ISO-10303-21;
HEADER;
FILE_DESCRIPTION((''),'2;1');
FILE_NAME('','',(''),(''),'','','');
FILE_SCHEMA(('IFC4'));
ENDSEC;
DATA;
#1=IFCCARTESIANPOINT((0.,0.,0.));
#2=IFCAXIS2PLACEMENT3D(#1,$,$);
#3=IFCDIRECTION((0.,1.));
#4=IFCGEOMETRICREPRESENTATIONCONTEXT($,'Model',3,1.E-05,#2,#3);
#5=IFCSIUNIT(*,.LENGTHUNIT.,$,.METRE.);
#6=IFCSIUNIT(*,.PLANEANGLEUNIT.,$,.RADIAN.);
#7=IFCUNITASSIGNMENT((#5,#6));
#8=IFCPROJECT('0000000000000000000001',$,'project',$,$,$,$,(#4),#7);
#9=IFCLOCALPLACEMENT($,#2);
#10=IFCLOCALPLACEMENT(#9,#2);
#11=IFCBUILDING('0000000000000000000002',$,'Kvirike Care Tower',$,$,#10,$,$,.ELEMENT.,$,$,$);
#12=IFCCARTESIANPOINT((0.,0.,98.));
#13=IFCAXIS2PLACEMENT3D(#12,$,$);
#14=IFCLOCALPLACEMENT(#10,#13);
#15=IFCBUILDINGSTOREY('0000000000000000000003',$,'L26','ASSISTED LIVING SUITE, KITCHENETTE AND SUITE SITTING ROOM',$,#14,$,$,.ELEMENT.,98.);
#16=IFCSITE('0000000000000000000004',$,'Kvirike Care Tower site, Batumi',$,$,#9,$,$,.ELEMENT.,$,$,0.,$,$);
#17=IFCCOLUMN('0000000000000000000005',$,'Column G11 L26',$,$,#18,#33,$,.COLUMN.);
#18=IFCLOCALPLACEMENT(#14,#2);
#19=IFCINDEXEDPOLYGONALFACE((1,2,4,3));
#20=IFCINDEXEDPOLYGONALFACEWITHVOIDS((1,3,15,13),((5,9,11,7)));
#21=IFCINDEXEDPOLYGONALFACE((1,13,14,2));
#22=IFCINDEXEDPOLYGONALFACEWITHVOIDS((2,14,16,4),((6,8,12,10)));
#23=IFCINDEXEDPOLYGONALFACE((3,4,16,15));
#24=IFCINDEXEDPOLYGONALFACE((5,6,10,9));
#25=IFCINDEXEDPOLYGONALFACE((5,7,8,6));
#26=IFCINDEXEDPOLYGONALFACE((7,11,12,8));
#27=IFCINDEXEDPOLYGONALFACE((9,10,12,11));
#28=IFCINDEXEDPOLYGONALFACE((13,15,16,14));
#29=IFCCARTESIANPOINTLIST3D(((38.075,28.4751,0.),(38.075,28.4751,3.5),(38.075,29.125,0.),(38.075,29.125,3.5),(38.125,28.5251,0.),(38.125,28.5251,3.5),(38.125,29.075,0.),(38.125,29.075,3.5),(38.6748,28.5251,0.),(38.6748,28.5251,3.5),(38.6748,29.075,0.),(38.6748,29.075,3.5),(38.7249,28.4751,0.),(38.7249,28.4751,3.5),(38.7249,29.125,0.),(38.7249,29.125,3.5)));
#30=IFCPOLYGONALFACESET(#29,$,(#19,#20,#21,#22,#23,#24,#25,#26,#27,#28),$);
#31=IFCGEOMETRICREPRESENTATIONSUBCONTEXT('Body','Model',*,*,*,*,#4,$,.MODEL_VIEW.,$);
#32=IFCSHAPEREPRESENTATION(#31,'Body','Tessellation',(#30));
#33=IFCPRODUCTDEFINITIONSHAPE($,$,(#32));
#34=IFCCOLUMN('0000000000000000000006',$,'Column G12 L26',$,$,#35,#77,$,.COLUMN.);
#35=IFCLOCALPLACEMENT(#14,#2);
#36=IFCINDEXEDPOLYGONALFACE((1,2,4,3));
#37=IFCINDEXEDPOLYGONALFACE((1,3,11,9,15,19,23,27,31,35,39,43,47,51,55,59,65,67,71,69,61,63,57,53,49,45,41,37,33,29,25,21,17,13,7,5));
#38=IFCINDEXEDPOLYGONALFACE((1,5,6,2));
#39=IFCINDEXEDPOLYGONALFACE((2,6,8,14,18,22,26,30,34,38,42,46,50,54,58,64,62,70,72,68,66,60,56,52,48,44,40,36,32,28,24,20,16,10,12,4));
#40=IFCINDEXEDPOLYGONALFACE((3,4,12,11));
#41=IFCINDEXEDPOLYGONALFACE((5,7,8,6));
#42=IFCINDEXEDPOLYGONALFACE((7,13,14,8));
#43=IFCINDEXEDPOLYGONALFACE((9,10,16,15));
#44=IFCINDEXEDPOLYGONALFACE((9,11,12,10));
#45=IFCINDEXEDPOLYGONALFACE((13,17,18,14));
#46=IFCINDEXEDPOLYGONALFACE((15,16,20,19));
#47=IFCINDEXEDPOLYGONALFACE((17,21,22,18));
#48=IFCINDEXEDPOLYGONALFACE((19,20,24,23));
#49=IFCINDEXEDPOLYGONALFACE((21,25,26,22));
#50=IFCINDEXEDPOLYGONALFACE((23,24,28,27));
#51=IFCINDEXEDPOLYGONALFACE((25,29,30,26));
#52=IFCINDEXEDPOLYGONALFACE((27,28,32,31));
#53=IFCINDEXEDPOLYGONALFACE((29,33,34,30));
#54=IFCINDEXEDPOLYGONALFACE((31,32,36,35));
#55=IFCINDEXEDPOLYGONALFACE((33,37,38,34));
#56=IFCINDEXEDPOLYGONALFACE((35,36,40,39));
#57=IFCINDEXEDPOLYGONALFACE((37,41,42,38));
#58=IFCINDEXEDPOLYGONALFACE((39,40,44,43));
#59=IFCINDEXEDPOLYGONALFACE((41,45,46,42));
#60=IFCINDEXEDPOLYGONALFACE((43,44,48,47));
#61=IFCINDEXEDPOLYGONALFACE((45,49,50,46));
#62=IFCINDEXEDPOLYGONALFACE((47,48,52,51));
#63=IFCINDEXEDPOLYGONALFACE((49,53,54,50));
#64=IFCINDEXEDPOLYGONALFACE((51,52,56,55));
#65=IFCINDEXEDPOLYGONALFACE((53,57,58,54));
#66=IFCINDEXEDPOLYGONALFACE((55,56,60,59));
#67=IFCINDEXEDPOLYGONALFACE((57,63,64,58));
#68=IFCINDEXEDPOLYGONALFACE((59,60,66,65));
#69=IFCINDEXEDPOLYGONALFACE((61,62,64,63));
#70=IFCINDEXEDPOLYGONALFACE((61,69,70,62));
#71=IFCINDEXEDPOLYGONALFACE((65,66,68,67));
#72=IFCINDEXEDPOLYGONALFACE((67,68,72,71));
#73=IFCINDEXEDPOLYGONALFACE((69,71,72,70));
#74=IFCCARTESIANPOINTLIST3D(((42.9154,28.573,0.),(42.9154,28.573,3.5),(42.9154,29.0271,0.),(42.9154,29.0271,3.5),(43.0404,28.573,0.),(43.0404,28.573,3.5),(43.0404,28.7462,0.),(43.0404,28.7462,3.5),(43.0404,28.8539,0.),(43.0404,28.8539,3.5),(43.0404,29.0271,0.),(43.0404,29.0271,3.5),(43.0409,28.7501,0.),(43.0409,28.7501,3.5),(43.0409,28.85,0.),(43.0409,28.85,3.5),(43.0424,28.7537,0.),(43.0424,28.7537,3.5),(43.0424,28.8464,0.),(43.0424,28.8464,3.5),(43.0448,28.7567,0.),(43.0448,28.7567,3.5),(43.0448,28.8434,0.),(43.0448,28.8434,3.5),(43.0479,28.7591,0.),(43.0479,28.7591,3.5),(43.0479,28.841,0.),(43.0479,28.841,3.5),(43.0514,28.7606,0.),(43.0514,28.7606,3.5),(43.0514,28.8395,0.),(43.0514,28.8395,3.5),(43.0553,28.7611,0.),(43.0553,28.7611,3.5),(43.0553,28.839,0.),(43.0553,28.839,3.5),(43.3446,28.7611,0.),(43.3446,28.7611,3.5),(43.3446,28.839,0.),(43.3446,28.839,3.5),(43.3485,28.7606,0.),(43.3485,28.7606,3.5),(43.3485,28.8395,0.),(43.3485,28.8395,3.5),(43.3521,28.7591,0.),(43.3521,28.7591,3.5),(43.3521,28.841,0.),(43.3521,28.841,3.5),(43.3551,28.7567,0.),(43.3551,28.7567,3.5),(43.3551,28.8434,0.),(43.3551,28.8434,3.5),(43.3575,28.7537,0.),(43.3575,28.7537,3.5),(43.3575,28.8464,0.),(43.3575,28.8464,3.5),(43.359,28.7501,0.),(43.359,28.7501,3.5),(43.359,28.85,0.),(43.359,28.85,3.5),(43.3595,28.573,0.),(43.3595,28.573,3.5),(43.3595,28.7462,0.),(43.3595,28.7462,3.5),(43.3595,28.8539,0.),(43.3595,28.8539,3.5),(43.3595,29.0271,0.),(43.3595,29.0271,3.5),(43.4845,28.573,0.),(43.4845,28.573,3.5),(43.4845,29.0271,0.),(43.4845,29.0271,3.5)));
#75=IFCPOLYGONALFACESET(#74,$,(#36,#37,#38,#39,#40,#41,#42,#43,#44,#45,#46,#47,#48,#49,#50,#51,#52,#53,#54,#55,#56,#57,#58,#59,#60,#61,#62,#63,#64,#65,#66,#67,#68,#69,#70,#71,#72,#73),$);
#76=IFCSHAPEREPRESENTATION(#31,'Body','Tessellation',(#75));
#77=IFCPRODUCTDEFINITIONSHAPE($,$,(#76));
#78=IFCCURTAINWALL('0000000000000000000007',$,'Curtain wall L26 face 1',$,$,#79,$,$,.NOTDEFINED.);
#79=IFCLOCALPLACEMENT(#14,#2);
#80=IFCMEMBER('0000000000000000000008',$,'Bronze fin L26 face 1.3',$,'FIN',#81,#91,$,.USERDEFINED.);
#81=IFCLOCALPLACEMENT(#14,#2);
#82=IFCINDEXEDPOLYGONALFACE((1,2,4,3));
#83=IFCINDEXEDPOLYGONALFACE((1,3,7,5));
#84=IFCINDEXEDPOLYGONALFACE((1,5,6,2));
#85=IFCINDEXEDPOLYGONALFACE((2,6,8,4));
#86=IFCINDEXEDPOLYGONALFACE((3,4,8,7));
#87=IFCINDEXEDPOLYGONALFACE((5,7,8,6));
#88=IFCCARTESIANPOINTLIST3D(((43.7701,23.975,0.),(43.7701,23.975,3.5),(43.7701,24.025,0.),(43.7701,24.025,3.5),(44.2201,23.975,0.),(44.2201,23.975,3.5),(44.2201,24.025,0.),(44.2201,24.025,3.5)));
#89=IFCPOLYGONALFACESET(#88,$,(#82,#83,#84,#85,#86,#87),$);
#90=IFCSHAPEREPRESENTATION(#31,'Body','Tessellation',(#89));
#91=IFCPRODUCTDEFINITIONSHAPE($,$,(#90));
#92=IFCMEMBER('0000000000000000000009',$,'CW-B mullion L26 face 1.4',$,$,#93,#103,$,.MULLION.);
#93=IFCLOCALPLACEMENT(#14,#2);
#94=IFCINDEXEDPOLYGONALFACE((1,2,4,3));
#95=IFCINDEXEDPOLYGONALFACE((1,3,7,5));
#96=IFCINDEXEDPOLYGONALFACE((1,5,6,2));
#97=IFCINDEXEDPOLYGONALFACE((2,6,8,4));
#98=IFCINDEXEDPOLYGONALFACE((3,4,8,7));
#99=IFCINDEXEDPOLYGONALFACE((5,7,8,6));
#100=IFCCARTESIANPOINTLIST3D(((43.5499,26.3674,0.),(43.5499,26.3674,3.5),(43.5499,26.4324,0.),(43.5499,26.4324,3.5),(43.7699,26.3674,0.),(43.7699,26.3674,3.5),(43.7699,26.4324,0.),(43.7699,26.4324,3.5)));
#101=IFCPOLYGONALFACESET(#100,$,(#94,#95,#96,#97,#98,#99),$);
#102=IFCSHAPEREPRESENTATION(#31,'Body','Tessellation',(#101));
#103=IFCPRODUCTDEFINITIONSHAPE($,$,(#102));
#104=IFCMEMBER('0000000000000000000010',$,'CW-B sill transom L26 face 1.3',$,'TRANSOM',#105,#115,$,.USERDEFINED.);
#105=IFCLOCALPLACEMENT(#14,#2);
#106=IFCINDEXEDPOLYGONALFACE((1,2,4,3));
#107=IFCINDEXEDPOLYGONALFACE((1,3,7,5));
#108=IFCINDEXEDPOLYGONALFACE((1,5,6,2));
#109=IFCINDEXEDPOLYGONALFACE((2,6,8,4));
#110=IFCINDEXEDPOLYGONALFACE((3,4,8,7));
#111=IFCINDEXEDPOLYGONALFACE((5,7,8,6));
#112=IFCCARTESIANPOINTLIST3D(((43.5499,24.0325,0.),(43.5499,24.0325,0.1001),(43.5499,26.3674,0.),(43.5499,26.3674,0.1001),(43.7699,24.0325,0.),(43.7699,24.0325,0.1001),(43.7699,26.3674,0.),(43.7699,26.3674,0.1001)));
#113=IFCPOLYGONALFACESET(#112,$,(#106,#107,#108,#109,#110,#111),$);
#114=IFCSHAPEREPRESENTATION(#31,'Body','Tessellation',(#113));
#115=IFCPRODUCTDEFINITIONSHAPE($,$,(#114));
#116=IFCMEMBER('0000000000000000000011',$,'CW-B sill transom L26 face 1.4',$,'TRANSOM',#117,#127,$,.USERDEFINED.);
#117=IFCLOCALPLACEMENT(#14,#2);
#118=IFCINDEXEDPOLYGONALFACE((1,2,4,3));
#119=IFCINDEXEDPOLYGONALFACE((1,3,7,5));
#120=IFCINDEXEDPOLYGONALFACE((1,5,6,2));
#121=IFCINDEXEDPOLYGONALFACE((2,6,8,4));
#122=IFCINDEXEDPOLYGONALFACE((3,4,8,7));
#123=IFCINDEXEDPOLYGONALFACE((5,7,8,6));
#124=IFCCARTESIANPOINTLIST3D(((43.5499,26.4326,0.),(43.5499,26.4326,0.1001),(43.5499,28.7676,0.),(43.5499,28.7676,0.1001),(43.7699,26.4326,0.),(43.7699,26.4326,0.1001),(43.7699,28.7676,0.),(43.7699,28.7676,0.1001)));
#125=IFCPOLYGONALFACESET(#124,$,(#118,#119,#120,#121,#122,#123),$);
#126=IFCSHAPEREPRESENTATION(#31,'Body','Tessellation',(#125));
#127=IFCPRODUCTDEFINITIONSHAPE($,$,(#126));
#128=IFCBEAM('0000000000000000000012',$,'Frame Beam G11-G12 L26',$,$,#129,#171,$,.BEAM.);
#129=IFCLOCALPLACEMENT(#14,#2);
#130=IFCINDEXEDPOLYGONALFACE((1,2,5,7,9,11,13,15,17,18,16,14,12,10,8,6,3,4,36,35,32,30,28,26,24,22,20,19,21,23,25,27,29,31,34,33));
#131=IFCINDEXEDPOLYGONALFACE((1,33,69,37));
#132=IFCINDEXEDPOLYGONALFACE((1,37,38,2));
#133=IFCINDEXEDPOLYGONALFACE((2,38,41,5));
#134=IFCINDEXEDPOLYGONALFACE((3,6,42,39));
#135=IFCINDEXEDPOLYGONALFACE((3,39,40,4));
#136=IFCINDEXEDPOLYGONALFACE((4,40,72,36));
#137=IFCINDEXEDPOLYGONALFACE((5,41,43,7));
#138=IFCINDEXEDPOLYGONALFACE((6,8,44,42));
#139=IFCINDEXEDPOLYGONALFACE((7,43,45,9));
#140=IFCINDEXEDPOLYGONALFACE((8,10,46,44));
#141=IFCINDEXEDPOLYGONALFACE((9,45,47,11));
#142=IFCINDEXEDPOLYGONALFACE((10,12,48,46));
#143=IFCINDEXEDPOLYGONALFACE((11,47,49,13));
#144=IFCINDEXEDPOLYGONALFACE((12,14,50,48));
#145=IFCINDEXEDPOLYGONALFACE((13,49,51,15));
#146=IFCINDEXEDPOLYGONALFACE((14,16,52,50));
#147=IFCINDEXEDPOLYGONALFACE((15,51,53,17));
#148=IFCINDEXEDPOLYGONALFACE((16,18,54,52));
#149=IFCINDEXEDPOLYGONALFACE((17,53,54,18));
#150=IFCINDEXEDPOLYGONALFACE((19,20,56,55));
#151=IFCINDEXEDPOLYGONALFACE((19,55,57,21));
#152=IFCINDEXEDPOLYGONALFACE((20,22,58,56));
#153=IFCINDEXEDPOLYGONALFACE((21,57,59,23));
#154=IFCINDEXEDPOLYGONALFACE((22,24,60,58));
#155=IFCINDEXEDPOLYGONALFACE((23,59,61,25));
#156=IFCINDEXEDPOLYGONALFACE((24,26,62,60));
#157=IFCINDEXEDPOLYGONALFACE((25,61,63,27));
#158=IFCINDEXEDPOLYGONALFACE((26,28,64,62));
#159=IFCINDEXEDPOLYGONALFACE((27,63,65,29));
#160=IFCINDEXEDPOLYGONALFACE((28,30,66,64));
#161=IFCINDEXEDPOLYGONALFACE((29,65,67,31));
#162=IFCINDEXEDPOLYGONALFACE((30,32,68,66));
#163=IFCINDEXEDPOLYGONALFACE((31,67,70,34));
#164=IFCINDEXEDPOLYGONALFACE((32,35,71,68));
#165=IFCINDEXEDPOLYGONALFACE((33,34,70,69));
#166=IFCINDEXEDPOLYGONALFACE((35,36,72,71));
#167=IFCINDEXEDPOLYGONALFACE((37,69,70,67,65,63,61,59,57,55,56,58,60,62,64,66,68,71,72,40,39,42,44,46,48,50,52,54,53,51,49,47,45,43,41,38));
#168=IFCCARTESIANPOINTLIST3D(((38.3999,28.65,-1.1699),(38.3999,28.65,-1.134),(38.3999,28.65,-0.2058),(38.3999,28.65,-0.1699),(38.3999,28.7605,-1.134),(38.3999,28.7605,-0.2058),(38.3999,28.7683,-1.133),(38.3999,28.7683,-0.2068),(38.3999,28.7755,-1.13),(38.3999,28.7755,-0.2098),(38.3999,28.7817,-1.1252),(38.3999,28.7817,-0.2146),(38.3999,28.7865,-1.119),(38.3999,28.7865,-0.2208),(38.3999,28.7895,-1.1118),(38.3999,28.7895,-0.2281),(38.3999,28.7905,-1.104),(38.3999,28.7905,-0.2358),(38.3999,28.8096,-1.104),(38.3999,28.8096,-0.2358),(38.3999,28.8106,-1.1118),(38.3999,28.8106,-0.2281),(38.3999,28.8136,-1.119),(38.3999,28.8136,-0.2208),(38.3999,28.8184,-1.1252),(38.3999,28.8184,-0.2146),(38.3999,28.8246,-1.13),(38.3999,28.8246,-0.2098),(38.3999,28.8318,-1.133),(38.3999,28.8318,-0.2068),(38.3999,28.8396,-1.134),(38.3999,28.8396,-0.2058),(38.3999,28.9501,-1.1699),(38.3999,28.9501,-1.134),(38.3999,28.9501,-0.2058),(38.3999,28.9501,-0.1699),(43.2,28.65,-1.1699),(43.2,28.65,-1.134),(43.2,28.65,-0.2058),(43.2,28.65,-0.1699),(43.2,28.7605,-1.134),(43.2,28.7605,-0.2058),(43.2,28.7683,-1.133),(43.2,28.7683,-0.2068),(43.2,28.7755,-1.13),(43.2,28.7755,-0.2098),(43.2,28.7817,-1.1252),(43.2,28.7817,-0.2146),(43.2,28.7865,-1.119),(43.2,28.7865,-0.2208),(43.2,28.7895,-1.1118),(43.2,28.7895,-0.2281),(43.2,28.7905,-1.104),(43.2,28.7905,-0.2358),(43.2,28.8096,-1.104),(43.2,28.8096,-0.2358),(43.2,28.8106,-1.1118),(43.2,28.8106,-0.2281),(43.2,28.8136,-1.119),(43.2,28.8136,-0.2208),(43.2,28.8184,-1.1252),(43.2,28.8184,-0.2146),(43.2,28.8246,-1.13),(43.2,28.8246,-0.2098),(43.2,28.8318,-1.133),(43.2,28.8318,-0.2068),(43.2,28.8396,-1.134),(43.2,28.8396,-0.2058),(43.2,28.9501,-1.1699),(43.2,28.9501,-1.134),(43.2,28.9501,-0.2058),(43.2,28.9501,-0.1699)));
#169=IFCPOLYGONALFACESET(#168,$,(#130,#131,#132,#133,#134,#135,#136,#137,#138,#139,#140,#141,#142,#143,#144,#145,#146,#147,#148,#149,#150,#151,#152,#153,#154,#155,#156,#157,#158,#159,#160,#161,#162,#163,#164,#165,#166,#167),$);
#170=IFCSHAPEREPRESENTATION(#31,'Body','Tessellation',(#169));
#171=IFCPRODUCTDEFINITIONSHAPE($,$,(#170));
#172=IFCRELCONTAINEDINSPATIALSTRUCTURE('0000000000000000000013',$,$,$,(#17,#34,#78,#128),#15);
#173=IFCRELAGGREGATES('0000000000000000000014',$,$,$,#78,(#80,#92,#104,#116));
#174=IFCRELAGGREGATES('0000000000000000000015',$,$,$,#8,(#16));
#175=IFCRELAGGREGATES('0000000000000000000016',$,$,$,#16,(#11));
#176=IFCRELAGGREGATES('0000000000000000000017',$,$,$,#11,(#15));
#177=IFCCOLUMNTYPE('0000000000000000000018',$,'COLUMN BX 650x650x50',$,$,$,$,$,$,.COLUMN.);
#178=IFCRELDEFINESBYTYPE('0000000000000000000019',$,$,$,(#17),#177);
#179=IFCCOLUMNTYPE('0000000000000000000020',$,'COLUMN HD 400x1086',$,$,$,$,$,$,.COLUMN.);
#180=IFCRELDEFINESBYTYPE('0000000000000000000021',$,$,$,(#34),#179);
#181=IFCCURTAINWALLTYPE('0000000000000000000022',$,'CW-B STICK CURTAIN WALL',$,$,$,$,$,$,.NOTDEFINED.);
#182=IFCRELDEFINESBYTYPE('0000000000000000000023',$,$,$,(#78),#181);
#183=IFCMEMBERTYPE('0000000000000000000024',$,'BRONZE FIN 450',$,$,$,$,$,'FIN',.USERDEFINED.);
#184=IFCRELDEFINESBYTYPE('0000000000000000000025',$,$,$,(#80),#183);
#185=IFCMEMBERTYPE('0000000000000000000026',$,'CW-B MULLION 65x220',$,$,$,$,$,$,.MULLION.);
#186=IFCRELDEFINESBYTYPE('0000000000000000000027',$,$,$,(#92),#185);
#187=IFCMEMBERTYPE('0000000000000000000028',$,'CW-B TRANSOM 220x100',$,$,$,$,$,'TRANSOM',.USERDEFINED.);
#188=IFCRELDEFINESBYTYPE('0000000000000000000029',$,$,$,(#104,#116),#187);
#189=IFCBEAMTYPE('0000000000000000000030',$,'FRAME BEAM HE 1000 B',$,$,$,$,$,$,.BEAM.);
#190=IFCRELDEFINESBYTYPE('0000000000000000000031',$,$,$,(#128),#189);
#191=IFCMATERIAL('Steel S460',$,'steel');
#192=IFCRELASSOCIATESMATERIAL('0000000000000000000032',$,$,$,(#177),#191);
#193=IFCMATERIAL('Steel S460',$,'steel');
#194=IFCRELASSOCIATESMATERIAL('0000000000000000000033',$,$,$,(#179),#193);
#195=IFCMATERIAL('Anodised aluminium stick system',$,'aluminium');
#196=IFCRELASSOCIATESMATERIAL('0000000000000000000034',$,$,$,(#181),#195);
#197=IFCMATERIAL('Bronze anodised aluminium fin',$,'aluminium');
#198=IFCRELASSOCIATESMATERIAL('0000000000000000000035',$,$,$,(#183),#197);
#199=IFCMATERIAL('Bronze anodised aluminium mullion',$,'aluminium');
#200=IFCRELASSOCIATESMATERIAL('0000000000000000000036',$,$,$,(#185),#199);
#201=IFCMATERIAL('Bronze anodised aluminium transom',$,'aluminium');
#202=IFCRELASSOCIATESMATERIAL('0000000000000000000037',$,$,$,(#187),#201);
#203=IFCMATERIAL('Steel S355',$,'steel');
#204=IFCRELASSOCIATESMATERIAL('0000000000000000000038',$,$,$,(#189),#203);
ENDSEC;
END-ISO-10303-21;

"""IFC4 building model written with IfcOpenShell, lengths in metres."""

from ifc_helpers import new_model, si_unit, direction, frame, origin, origin_2d, place, context, subcontext, project, spatial, rectangle, hollow_rectangle, i_section, extrude, material, material_profile, profile_set, type_object, element, aggregate, save


model = new_model("IFC4")

# Units and contexts
model_context = context("Model", 3, precision=1e-05, world=origin(), true_north=direction((0.0, 1.0)))
body_context = subcontext(model_context, "Body", "Model", "MODEL_VIEW")
ifc_project = project(units=[si_unit("LENGTHUNIT", "METRE"), si_unit("PLANEANGLEUNIT", "RADIAN")], contexts=[model_context])

# Site, building, storey
site_placement = place(None, origin())
site = spatial("IfcSite", under=ifc_project, at=site_placement, Name="Kvirike Care Tower site, Batumi", CompositionType="ELEMENT", RefElevation=0.0)
building_placement = place(site_placement, origin())
building = spatial("IfcBuilding", under=site, at=building_placement, Name="Kvirike Care Tower", CompositionType="ELEMENT")
storey_placement = place(building_placement, frame((0.0, 0.0, 98.0)))
storey = spatial("IfcBuildingStorey", under=building, at=storey_placement, Name="L26", Description="ASSISTED LIVING SUITE, KITCHENETTE AND SUITE SITTING ROOM", CompositionType="ELEMENT", Elevation=98.0)

# Columns
ifc_material_1 = material(Name="Steel S460", Category="steel")
ifc_material_profile_1 = material_profile(ifc_material_1, hollow_rectangle(XDim=0.6499, YDim=0.6499, WallThickness=0.05, at=origin_2d()), Name="BX 650x650x50")
ifc_profile_set_1 = profile_set([ifc_material_profile_1], Name="Steel S460")
column_type_1 = type_object("IfcColumnType", Name="COLUMN BX 650x650x50", PredefinedType="COLUMN", material=ifc_profile_set_1)
column_1_placement = place(storey_placement, frame((38.3999, 28.8, 0.0), z_axis=(0.0, 0.0, 1.0), x_axis=(0.0, 1.0, 0.0)))
element("IfcColumn", 1, at=column_1_placement, inside=storey, type_object=column_type_1, Name="Column G11 L26", PredefinedType="COLUMN", context=body_context, shape_type="SweptSolid", body=[
    extrude(hollow_rectangle(XDim=0.6499, YDim=0.6499, WallThickness=0.05, at=origin_2d()), origin(), (0.0, 0.0, 1.0), 3.5),
])
ifc_material_2 = material(Name="Steel S460", Category="steel")
ifc_material_profile_2 = material_profile(ifc_material_2, i_section(OverallWidth=0.4541, OverallDepth=0.5691, WebThickness=0.0779, FlangeThickness=0.125, FilletRadius=0.0149, at=origin_2d()), Name="HD 400x1086")
ifc_profile_set_2 = profile_set([ifc_material_profile_2], Name="Steel S460")
column_type_2 = type_object("IfcColumnType", Name="COLUMN HD 400x1086", PredefinedType="COLUMN", material=ifc_profile_set_2)
column_2_placement = place(storey_placement, frame((43.2, 28.8, 0.0), z_axis=(0.0, 0.0, 1.0), x_axis=(0.0, 1.0, 0.0)))
element("IfcColumn", 2, at=column_2_placement, inside=storey, type_object=column_type_2, Name="Column G12 L26", PredefinedType="COLUMN", context=body_context, shape_type="SweptSolid", body=[
    extrude(i_section(OverallWidth=0.4541, OverallDepth=0.5691, WebThickness=0.0779, FlangeThickness=0.125, FilletRadius=0.0149, at=origin_2d()), origin(), (0.0, 0.0, 1.0), 3.5),
])

# Curtain wall, members
ifc_material_3 = material(Name="Anodised aluminium stick system", Category="aluminium")
curtain_wall_type = type_object("IfcCurtainWallType", Name="CW-B STICK CURTAIN WALL", PredefinedType="NOTDEFINED", material=ifc_material_3)
curtain_wall_placement = place(storey_placement, origin())
curtain_wall = element("IfcCurtainWall", 3, at=curtain_wall_placement, inside=storey, type_object=curtain_wall_type, Name="Curtain wall L26 face 1", PredefinedType="NOTDEFINED")
ifc_material_4 = material(Name="Bronze anodised aluminium fin", Category="aluminium")
ifc_material_profile_3 = material_profile(ifc_material_4, rectangle(XDim=0.05, YDim=0.45, at=origin_2d()), Name="BRONZE FIN 450")
ifc_profile_set_3 = profile_set([ifc_material_profile_3], Name="Bronze anodised aluminium fin")
member_type_1 = type_object("IfcMemberType", Name="BRONZE FIN 450", ElementType="FIN", PredefinedType="USERDEFINED", material=ifc_profile_set_3)
member_1_placement = place(storey_placement, frame((43.9951, 24.0, 0.0), z_axis=(0.0, 0.0, 1.0), x_axis=(0.0, 1.0, 0.0)))
member_1 = element("IfcMember", 4, at=member_1_placement, type_object=member_type_1, Name="Bronze fin L26 face 1.3", ObjectType="FIN", PredefinedType="USERDEFINED", context=body_context, shape_type="SweptSolid", body=[
    extrude(rectangle(XDim=0.05, YDim=0.45, at=origin_2d()), origin(), (0.0, 0.0, 1.0), 3.5),
])
ifc_material_5 = material(Name="Bronze anodised aluminium mullion", Category="aluminium")
ifc_material_profile_4 = material_profile(ifc_material_5, rectangle(XDim=0.0649, YDim=0.22, at=origin_2d()), Name="CW-B MULLION 65x220")
ifc_profile_set_4 = profile_set([ifc_material_profile_4], Name="Bronze anodised aluminium mullion")
member_type_2 = type_object("IfcMemberType", Name="CW-B MULLION 65x220", PredefinedType="MULLION", material=ifc_profile_set_4)
member_2_placement = place(storey_placement, frame((43.6599, 26.3999, 0.0), z_axis=(0.0, 0.0, 1.0), x_axis=(0.0, 1.0, 0.0)))
member_2 = element("IfcMember", 5, at=member_2_placement, type_object=member_type_2, Name="CW-B mullion L26 face 1.4", PredefinedType="MULLION", context=body_context, shape_type="SweptSolid", body=[
    extrude(rectangle(XDim=0.0649, YDim=0.22, at=origin_2d()), origin(), (0.0, 0.0, 1.0), 3.5),
])
ifc_material_6 = material(Name="Bronze anodised aluminium transom", Category="aluminium")
ifc_material_profile_5 = material_profile(ifc_material_6, rectangle(XDim=0.22, YDim=0.1001, at=origin_2d()), Name="CW-B TRANSOM 220x100")
ifc_profile_set_5 = profile_set([ifc_material_profile_5], Name="Bronze anodised aluminium transom")
member_type_3 = type_object("IfcMemberType", Name="CW-B TRANSOM 220x100", ElementType="TRANSOM", PredefinedType="USERDEFINED", material=ifc_profile_set_5)
member_3_placement = place(storey_placement, frame((43.6599, 24.0325, 0.05), z_axis=(0.0, 1.0, 0.0), x_axis=(-1.0, 0.0, 0.0)))
member_3 = element("IfcMember", 6, at=member_3_placement, type_object=member_type_3, Name="CW-B sill transom L26 face 1.3", ObjectType="TRANSOM", PredefinedType="USERDEFINED", context=body_context, shape_type="SweptSolid", body=[
    extrude(rectangle(XDim=0.22, YDim=0.1001, at=origin_2d()), origin(), (0.0, 0.0, 1.0), 2.335),
])
member_4_placement = place(storey_placement, frame((43.6599, 26.4326, 0.05), z_axis=(0.0, 1.0, 0.0), x_axis=(-1.0, 0.0, 0.0)))
member_4 = element("IfcMember", 7, at=member_4_placement, type_object=member_type_3, Name="CW-B sill transom L26 face 1.4", ObjectType="TRANSOM", PredefinedType="USERDEFINED", context=body_context, shape_type="SweptSolid", body=[
    extrude(rectangle(XDim=0.22, YDim=0.1001, at=origin_2d()), origin(), (0.0, 0.0, 1.0), 2.335),
])

# Beam
ifc_material_7 = material(Name="Steel S355", Category="steel")
ifc_material_profile_6 = material_profile(ifc_material_7, i_section(OverallWidth=0.3, OverallDepth=1.0, WebThickness=0.019, FlangeThickness=0.0359, FilletRadius=0.03, at=origin_2d()), Name="HE 1000 B")
ifc_profile_set_6 = profile_set([ifc_material_profile_6], Name="Steel S355")
beam_type_1 = type_object("IfcBeamType", Name="FRAME BEAM HE 1000 B", PredefinedType="BEAM", material=ifc_profile_set_6)
beam_1_placement = place(storey_placement, frame((38.3999, 28.8, -0.6699), z_axis=(1.0, 0.0, 0.0), x_axis=(0.0, 1.0, 0.0)))
element("IfcBeam", 8, at=beam_1_placement, inside=storey, type_object=beam_type_1, Name="Frame Beam G11-G12 L26", PredefinedType="BEAM", context=body_context, shape_type="SweptSolid", body=[
    extrude(i_section(OverallWidth=0.3, OverallDepth=1.0, WebThickness=0.019, FlangeThickness=0.0359, FilletRadius=0.03, at=origin_2d()), origin(), (0.0, 0.0, 1.0), 4.8),
])

aggregate(curtain_wall, [member_1, member_2, member_3, member_4])

save(model, "model.ifc")
